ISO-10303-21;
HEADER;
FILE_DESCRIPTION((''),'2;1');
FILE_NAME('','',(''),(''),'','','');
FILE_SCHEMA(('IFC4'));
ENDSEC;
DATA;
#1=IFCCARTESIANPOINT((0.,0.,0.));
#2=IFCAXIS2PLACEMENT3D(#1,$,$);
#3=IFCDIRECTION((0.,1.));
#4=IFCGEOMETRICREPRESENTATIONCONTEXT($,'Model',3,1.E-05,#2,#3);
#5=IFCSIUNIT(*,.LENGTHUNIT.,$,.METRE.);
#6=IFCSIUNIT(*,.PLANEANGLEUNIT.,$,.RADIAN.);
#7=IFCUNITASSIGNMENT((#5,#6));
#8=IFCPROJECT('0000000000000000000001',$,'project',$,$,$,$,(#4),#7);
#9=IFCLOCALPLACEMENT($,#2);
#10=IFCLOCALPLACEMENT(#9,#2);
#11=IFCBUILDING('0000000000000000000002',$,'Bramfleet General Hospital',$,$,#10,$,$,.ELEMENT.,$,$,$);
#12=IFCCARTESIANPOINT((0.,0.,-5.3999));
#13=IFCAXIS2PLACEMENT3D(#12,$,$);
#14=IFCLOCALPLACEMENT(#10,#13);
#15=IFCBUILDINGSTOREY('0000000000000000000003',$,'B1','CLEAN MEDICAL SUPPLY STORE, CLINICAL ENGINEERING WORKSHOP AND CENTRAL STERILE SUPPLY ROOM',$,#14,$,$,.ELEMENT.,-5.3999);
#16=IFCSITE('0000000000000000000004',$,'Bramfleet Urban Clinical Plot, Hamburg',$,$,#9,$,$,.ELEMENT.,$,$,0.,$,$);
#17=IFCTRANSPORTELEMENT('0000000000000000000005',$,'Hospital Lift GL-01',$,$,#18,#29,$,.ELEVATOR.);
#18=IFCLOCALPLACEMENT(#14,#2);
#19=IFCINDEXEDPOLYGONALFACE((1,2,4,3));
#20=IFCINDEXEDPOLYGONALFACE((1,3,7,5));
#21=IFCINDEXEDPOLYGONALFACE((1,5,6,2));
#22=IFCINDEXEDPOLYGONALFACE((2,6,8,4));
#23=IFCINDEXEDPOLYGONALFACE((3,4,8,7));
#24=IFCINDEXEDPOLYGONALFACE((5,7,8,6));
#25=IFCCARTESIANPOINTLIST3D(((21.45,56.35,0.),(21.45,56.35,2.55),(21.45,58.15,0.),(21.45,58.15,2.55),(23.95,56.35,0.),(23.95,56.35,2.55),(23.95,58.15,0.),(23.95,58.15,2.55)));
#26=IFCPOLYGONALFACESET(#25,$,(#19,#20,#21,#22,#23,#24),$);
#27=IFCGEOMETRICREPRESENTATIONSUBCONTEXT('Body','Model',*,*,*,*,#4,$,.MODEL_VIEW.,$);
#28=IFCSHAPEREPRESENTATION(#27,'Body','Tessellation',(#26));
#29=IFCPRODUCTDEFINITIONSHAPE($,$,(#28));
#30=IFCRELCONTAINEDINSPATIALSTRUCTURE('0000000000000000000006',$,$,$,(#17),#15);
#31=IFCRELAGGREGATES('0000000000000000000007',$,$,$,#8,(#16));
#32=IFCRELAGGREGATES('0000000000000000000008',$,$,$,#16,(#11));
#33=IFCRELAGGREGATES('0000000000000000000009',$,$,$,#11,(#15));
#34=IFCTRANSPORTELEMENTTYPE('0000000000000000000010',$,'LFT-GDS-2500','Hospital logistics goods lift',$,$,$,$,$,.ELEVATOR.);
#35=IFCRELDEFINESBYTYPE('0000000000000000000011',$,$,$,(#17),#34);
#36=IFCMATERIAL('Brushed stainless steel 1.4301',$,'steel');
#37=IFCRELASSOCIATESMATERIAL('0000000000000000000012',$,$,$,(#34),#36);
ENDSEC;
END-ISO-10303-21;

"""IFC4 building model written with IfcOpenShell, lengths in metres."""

from ifc_helpers import new_model, si_unit, direction, frame, origin, origin_2d, place, context, subcontext, project, spatial, rectangle, extrude, material, type_object, element, save


model = new_model("IFC4")

# Units and contexts
model_context = context("Model", 3, precision=1e-05, world=origin(), true_north=direction((0.0, 1.0)))
body_context = subcontext(model_context, "Body", "Model", "MODEL_VIEW")
ifc_project = project(units=[si_unit("LENGTHUNIT", "METRE"), si_unit("PLANEANGLEUNIT", "RADIAN")], contexts=[model_context])

# Site, building, storey
site_placement = place(None, origin())
site = spatial("IfcSite", under=ifc_project, at=site_placement, Name="Bramfleet Urban Clinical Plot, Hamburg", CompositionType="ELEMENT", RefElevation=0.0)
building_placement = place(site_placement, origin())
building = spatial("IfcBuilding", under=site, at=building_placement, Name="Bramfleet General Hospital", CompositionType="ELEMENT")
storey_placement = place(building_placement, frame((0.0, 0.0, -5.3999)))
storey = spatial("IfcBuildingStorey", under=building, at=storey_placement, Name="B1", Description="CLEAN MEDICAL SUPPLY STORE, CLINICAL ENGINEERING WORKSHOP AND CENTRAL STERILE SUPPLY ROOM", CompositionType="ELEMENT", Elevation=-5.3999)

# Shared definitions
ifc_material_1 = material(Name="Brushed stainless steel 1.4301", Category="steel")

# Transport element
transport_element_type_1 = type_object("IfcTransportElementType", Name="LFT-GDS-2500", Description="Hospital logistics goods lift", PredefinedType="ELEVATOR", material=ifc_material_1)
transport_element_1_placement = place(storey_placement, frame((22.7, 57.25, 0.0), z_axis=(0.0, 0.0, 1.0), x_axis=(1.0, 0.0, 0.0)))
element("IfcTransportElement", 1, at=transport_element_1_placement, inside=storey, type_object=transport_element_type_1, Name="Hospital Lift GL-01", PredefinedType="ELEVATOR", context=body_context, shape_type="SweptSolid", body=[
    extrude(rectangle(XDim=2.5, YDim=1.8, at=origin_2d()), origin(), (0.0, 0.0, 1.0), 2.55),
])

save(model, "model.ifc")
